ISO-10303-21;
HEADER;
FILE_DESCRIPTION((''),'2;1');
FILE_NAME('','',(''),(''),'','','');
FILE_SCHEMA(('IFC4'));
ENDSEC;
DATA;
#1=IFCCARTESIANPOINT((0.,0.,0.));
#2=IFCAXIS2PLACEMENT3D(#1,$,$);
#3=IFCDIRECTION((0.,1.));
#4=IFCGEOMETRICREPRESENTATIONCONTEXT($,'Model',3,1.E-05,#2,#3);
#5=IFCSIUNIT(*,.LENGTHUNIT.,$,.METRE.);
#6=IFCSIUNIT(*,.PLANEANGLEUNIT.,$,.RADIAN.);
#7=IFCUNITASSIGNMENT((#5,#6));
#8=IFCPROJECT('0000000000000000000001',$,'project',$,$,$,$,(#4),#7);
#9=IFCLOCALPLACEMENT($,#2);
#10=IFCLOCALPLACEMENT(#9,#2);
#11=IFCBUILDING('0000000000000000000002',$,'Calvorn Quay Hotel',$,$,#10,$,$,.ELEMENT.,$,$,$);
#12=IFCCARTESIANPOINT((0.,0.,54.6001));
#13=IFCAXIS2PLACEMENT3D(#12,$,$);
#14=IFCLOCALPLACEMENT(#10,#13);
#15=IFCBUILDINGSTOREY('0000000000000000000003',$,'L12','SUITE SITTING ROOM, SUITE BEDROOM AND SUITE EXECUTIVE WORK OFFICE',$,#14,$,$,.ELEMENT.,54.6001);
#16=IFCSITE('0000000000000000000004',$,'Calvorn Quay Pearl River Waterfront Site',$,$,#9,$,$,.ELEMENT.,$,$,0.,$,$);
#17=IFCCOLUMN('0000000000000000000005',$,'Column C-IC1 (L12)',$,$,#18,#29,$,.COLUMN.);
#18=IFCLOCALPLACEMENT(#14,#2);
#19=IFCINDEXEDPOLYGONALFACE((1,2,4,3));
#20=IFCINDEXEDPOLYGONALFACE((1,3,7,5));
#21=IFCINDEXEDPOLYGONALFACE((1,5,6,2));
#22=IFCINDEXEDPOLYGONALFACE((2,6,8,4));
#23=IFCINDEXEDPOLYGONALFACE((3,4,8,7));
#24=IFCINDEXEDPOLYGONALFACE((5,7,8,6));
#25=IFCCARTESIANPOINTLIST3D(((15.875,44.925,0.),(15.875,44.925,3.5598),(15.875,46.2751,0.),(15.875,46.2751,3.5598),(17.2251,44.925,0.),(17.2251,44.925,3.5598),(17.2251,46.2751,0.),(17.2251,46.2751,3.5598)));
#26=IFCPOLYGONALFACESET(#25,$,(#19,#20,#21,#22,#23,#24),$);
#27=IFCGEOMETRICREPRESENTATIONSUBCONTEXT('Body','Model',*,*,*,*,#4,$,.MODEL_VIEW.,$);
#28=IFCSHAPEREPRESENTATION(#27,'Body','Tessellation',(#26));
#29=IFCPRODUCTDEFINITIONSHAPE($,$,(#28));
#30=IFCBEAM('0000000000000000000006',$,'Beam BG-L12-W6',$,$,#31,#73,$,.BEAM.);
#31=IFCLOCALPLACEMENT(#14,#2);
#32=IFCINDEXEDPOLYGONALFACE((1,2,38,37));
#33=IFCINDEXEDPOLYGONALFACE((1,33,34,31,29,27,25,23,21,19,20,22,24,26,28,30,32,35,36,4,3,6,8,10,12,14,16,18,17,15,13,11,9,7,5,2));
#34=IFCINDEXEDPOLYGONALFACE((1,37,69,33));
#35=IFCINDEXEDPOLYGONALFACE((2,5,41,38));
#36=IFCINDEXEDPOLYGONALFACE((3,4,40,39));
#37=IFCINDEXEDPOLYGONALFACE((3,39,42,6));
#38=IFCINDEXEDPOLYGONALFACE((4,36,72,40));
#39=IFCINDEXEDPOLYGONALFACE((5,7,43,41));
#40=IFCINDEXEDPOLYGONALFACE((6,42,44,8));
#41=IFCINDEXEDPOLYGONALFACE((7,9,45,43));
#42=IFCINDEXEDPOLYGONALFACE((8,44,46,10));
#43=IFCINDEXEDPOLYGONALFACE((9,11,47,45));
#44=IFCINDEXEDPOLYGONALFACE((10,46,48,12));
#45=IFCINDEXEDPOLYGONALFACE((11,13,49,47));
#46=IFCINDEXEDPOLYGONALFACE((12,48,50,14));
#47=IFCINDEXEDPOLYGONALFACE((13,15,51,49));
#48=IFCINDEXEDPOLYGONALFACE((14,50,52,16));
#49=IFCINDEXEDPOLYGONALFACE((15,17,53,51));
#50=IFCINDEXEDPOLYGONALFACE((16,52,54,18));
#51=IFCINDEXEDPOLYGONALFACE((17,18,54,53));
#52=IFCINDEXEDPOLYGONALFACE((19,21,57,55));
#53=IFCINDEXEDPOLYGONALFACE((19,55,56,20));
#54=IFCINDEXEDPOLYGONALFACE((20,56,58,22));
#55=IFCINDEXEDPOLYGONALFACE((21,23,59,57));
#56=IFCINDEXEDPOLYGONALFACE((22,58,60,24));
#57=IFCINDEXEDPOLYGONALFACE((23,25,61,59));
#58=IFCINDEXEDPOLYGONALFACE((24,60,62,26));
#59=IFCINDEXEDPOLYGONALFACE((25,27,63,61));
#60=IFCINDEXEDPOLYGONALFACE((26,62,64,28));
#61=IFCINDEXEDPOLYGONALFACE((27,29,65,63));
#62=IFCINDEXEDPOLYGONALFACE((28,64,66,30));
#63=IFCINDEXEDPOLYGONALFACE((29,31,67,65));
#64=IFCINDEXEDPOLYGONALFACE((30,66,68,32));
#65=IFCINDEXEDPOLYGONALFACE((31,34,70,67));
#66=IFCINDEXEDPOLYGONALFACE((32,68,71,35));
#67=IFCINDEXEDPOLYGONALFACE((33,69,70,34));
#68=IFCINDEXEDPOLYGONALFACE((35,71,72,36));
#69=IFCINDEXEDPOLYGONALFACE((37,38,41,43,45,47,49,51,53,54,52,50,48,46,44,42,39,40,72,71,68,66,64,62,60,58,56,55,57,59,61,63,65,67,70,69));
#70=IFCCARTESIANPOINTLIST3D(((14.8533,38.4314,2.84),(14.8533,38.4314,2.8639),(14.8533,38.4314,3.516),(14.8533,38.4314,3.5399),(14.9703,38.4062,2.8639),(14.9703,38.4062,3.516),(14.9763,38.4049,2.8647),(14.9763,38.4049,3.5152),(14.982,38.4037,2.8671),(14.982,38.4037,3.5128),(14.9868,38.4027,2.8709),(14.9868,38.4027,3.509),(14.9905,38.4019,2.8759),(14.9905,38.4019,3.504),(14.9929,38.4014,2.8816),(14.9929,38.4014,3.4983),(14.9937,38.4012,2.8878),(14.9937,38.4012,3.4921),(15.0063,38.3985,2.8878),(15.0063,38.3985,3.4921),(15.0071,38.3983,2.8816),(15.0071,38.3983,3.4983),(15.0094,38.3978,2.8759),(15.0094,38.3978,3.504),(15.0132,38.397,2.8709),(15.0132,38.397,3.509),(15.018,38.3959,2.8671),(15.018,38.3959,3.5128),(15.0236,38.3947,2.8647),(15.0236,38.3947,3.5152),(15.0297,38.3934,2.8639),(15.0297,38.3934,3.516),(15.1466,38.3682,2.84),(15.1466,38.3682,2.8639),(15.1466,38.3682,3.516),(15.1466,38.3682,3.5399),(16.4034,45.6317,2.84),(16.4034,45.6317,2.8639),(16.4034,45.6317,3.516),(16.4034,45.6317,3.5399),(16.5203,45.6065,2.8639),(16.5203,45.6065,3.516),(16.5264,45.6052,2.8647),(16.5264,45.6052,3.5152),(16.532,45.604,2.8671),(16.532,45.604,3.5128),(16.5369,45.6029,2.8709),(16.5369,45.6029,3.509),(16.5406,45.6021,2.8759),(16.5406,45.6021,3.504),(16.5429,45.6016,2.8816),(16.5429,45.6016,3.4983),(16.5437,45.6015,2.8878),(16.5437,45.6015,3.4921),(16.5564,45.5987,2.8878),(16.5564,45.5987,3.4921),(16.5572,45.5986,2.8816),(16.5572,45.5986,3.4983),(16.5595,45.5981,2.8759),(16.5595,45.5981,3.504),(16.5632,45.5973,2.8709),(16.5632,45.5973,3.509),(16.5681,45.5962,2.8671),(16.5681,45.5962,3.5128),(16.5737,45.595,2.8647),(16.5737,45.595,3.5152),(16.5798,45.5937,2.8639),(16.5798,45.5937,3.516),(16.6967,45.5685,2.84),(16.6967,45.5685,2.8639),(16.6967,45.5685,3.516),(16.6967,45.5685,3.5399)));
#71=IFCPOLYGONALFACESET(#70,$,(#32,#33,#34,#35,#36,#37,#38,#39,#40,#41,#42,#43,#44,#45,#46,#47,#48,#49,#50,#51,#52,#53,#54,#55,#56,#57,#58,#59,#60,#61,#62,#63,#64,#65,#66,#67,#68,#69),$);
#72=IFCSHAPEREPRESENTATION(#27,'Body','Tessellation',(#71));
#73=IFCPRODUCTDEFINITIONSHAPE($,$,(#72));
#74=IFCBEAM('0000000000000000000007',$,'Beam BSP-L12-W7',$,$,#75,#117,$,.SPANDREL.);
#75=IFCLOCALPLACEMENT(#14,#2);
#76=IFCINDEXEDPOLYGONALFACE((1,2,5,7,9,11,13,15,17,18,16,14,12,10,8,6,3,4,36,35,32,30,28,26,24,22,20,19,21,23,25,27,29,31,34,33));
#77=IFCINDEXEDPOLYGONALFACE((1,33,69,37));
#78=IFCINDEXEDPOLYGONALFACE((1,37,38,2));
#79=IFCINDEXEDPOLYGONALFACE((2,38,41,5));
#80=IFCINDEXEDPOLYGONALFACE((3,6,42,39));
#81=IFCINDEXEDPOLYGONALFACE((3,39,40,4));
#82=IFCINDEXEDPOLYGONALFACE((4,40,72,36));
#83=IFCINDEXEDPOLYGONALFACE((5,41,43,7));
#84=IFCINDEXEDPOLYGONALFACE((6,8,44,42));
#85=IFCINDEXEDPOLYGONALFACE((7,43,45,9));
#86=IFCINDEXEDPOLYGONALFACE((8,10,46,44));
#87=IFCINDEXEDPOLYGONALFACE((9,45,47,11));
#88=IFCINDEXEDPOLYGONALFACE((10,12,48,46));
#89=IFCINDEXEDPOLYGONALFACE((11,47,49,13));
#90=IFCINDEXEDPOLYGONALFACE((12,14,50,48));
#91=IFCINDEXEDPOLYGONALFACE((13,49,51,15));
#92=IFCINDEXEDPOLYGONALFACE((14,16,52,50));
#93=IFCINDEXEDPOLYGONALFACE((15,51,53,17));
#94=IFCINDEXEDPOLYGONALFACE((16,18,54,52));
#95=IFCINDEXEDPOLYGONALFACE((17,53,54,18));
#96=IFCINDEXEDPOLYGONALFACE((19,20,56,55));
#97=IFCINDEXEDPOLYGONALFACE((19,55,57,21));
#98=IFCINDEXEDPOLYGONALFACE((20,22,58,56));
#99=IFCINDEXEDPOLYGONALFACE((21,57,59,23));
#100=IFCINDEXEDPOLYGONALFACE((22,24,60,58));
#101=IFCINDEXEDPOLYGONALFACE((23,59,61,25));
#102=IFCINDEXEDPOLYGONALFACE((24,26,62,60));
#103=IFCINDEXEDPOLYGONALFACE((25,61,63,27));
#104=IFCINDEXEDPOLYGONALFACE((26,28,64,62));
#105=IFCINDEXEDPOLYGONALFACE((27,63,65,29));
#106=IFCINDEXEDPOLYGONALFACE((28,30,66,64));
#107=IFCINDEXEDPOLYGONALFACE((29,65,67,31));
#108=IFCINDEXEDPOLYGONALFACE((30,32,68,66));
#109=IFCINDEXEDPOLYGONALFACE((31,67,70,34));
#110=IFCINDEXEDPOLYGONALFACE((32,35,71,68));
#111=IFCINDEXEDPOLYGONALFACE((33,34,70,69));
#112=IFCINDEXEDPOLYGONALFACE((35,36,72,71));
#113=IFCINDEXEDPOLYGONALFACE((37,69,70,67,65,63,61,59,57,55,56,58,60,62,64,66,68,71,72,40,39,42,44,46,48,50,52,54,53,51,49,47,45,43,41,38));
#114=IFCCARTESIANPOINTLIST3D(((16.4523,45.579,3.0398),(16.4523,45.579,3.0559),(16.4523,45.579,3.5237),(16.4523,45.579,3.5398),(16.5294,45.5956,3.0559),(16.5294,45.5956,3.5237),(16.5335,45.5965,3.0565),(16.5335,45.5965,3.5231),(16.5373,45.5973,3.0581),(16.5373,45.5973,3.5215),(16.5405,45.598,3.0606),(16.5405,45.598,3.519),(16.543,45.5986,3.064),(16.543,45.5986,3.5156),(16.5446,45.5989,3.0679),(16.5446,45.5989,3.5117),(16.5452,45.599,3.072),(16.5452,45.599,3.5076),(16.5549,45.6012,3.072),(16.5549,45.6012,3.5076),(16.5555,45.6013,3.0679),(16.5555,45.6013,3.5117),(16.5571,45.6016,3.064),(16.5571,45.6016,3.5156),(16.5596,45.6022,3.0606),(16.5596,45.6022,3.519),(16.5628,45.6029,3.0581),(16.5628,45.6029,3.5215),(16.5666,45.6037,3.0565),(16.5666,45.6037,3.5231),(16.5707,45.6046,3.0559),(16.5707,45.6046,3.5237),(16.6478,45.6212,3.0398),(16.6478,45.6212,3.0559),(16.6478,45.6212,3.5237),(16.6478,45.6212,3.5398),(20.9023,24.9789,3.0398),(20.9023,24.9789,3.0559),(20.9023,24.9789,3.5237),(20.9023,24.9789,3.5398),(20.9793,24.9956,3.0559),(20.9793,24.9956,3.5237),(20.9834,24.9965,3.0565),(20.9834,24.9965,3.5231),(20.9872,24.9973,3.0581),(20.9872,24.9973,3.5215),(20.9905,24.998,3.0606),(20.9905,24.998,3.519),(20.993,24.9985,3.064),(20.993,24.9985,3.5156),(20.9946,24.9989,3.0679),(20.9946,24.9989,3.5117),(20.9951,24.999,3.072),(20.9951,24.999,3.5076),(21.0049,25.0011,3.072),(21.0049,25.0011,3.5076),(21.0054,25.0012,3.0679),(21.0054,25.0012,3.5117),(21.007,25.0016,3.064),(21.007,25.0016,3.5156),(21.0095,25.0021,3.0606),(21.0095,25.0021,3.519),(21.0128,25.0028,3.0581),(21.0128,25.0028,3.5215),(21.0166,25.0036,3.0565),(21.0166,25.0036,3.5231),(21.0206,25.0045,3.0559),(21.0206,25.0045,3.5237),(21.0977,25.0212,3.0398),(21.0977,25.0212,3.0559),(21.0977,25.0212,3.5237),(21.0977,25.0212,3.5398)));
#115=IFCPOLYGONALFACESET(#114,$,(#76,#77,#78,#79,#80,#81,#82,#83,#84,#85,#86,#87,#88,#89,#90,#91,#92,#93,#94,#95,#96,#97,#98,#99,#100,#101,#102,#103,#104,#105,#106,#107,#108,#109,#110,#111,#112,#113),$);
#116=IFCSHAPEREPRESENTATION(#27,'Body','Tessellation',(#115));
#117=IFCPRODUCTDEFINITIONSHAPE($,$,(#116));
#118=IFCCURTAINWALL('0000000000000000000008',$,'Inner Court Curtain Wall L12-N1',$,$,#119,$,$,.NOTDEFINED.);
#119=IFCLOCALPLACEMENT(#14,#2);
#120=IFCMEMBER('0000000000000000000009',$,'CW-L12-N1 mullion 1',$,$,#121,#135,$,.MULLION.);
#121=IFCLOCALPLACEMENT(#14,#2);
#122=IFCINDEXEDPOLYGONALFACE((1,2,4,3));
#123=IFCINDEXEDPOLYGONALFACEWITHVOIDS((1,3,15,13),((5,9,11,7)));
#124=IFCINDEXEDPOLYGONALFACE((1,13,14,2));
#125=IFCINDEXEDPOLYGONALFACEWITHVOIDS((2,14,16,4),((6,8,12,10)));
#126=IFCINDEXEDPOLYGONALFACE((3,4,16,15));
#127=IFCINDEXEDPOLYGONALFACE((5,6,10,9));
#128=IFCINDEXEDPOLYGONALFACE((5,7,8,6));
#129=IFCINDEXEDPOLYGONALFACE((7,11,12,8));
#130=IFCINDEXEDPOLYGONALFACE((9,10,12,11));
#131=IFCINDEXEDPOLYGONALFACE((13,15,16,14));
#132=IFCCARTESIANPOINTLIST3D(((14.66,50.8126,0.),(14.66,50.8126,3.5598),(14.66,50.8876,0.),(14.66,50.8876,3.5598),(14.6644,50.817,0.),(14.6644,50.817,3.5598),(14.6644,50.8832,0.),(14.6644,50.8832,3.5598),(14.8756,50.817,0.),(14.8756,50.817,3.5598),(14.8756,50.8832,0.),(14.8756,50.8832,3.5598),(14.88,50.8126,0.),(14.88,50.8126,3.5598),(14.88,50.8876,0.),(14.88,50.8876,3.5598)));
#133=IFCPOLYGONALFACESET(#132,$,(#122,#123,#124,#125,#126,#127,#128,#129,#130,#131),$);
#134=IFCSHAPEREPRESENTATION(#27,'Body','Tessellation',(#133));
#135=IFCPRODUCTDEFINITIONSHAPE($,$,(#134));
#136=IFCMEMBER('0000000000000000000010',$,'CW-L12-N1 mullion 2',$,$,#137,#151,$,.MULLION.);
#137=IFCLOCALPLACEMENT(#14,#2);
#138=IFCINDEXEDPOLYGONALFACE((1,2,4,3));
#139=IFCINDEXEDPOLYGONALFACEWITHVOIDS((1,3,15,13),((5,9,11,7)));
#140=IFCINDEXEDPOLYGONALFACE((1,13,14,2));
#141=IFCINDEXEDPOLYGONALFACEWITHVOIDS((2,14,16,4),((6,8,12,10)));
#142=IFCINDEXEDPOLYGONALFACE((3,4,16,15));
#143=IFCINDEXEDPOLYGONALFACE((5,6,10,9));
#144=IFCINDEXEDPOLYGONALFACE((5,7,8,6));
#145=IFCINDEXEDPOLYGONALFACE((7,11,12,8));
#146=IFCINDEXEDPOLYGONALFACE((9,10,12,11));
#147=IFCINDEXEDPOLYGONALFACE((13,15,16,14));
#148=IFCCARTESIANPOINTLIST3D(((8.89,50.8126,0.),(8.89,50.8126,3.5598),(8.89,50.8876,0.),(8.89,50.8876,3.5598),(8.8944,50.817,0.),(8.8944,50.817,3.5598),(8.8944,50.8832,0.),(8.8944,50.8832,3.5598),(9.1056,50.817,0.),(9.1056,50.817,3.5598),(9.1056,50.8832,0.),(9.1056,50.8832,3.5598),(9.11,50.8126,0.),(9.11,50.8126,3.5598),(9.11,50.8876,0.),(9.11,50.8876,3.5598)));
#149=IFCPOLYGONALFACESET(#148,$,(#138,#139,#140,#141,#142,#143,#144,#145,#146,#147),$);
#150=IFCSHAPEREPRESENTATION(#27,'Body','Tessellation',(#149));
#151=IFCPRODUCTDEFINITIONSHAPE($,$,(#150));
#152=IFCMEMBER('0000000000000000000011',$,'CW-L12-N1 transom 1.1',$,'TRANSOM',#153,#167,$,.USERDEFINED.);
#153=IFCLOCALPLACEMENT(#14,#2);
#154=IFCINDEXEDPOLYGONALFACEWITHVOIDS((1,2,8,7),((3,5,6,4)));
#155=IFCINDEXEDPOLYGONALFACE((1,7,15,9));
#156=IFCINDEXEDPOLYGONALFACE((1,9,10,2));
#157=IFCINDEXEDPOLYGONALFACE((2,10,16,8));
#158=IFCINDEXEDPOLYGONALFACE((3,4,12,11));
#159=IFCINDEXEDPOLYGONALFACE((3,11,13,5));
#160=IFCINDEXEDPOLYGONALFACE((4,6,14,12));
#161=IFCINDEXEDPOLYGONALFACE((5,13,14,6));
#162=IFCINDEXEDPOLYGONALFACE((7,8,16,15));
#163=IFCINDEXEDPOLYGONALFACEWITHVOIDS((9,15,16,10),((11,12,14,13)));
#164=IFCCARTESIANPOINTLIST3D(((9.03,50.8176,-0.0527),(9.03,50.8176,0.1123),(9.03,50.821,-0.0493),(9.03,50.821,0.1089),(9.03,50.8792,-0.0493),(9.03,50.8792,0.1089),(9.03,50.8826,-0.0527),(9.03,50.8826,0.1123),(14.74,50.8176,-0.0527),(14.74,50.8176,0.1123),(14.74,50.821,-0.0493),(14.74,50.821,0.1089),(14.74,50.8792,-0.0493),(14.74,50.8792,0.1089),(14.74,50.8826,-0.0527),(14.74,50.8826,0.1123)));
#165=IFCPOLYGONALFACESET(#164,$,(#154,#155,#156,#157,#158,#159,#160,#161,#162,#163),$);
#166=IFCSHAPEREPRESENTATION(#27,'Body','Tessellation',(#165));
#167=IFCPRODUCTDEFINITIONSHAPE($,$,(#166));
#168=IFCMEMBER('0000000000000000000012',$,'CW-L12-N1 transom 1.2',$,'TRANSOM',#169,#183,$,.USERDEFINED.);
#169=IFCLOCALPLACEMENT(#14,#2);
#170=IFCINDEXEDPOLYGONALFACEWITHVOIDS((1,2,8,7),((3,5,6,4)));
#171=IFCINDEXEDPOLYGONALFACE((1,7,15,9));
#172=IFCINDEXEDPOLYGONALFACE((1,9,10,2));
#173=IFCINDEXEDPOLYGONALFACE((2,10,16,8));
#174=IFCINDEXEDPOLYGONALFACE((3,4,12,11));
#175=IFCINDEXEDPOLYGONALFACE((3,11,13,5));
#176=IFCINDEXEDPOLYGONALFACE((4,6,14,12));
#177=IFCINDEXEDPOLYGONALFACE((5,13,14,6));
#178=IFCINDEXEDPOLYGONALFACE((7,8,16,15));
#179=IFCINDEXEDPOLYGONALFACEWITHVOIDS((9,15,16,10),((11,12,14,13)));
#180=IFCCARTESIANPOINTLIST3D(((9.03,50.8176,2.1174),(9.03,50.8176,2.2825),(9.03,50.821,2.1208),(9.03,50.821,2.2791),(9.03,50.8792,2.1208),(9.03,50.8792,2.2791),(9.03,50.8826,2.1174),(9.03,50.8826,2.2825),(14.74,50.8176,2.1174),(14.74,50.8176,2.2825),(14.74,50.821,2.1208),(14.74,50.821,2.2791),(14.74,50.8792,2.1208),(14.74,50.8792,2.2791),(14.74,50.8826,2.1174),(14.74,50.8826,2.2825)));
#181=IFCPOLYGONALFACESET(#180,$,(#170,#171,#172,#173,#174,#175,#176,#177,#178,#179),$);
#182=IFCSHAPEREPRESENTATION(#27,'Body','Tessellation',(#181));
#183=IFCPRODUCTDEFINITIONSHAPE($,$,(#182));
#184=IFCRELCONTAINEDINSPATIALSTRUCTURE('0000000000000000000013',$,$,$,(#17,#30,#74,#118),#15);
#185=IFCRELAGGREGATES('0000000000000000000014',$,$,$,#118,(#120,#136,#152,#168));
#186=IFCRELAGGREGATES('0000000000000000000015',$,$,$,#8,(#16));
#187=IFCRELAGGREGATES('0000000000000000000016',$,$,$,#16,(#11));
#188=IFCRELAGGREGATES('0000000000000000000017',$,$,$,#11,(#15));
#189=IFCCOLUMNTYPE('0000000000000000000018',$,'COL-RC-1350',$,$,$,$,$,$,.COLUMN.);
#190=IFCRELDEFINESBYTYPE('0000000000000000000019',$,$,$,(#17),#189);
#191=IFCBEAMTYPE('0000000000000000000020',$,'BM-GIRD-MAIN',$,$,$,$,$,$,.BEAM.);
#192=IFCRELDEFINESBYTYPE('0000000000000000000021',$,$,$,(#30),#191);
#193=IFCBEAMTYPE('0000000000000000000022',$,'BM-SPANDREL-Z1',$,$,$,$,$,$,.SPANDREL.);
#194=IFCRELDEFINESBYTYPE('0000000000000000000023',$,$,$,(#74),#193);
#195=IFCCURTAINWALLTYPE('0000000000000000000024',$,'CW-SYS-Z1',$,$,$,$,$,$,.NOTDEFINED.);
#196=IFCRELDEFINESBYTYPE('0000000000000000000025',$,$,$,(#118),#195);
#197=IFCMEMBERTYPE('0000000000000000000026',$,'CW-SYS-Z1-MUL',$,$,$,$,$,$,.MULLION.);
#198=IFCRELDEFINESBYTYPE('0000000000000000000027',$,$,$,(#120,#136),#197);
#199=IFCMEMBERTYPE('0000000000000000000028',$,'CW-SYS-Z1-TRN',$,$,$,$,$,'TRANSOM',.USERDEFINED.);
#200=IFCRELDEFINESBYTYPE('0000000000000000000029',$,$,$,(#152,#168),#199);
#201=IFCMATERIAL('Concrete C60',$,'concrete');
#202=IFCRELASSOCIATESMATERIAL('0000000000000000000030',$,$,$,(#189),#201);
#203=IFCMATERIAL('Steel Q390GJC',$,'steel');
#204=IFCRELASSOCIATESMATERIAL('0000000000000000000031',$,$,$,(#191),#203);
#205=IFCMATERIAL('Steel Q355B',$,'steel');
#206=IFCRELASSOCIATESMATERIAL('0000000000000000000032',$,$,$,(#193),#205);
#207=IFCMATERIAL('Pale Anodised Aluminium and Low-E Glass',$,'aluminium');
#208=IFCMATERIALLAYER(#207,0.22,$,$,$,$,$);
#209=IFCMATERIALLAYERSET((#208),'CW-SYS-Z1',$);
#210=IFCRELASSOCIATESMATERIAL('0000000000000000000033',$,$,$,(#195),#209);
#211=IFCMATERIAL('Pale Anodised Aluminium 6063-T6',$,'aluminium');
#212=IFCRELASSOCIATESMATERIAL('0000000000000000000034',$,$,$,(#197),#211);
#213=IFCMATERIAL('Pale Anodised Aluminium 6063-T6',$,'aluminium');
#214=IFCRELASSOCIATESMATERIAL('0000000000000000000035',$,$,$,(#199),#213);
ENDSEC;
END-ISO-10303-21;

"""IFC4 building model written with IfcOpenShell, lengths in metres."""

from ifc_helpers import new_model, si_unit, direction, frame, origin, origin_2d, place, context, subcontext, project, spatial, rectangle, hollow_rectangle, i_section, extrude, material, layer, layer_set, material_profile, profile_set, type_object, element, aggregate, save


model = new_model("IFC4")

# Units and contexts
model_context = context("Model", 3, precision=1e-05, world=origin(), true_north=direction((0.0, 1.0)))
body_context = subcontext(model_context, "Body", "Model", "MODEL_VIEW")
ifc_project = project(units=[si_unit("LENGTHUNIT", "METRE"), si_unit("PLANEANGLEUNIT", "RADIAN")], contexts=[model_context])

# Site, building, storey
site_placement = place(None, origin())
site = spatial("IfcSite", under=ifc_project, at=site_placement, Name="Calvorn Quay Pearl River Waterfront Site", CompositionType="ELEMENT", RefElevation=0.0)
building_placement = place(site_placement, origin())
building = spatial("IfcBuilding", under=site, at=building_placement, Name="Calvorn Quay Hotel", CompositionType="ELEMENT")
storey_placement = place(building_placement, frame((0.0, 0.0, 54.6001)))
storey = spatial("IfcBuildingStorey", under=building, at=storey_placement, Name="L12", Description="SUITE SITTING ROOM, SUITE BEDROOM AND SUITE EXECUTIVE WORK OFFICE", CompositionType="ELEMENT", Elevation=54.6001)

# Column
ifc_material_1 = material(Name="Concrete C60", Category="concrete")
ifc_material_profile_1 = material_profile(ifc_material_1, rectangle(XDim=1.3501, YDim=1.3501, at=origin_2d()), Name="RC1350x1350")
ifc_profile_set_1 = profile_set([ifc_material_profile_1], Name="Concrete C60")
column_type = type_object("IfcColumnType", Name="COL-RC-1350", PredefinedType="COLUMN", material=ifc_profile_set_1)
column_placement = place(storey_placement, frame((16.55, 45.6001, 0.0), z_axis=(0.0, 0.0, 1.0), x_axis=(1.0, 0.0, 0.0)))
element("IfcColumn", 1, at=column_placement, inside=storey, type_object=column_type, Name="Column C-IC1 (L12)", PredefinedType="COLUMN", context=body_context, shape_type="SweptSolid", body=[
    extrude(rectangle(XDim=1.3501, YDim=1.3501, at=origin_2d()), origin(), (0.0, 0.0, 1.0), 3.5598),
])

# Beams
ifc_material_2 = material(Name="Steel Q390GJC", Category="steel")
ifc_material_profile_2 = material_profile(ifc_material_2, i_section(OverallWidth=0.3, OverallDepth=0.7, WebThickness=0.0129, FlangeThickness=0.0239, FilletRadius=0.0239, at=origin_2d()), Name="HN700x300x13x24")
ifc_profile_set_2 = profile_set([ifc_material_profile_2], Name="Steel Q390GJC")
beam_type_1 = type_object("IfcBeamType", Name="BM-GIRD-MAIN", PredefinedType="BEAM", material=ifc_profile_set_2)
beam_1_placement = place(storey_placement, frame((16.55, 45.6001, 3.1899), z_axis=(-0.210457, -0.977603, 0.0), x_axis=(0.977603, -0.210457, 0.0)))
element("IfcBeam", 2, at=beam_1_placement, inside=storey, type_object=beam_type_1, Name="Beam BG-L12-W6", PredefinedType="BEAM", context=body_context, shape_type="SweptSolid", body=[
    extrude(i_section(OverallWidth=0.3, OverallDepth=0.7, WebThickness=0.0129, FlangeThickness=0.0239, FilletRadius=0.0239, at=origin_2d()), origin(), (0.0, 0.0, 1.0), 7.3652),
])
ifc_material_3 = material(Name="Steel Q355B", Category="steel")
ifc_material_profile_3 = material_profile(ifc_material_3, i_section(OverallWidth=0.2, OverallDepth=0.5, WebThickness=0.01, FlangeThickness=0.0161, FilletRadius=0.0161, at=origin_2d()), Name="HN500x200x10x16")
ifc_profile_set_3 = profile_set([ifc_material_profile_3], Name="Steel Q355B")
beam_type_2 = type_object("IfcBeamType", Name="BM-SPANDREL-Z1", PredefinedType="SPANDREL", material=ifc_profile_set_3)
beam_2_placement = place(storey_placement, frame((16.55, 45.6001, 3.2898), z_axis=(0.211146, -0.977455, 0.0), x_axis=(0.977455, 0.211146, 0.0)))
element("IfcBeam", 3, at=beam_2_placement, inside=storey, type_object=beam_type_2, Name="Beam BSP-L12-W7", PredefinedType="SPANDREL", context=body_context, shape_type="SweptSolid", body=[
    extrude(i_section(OverallWidth=0.2, OverallDepth=0.5, WebThickness=0.01, FlangeThickness=0.0161, FilletRadius=0.0161, at=origin_2d()), origin(), (0.0, 0.0, 1.0), 21.0752),
])

# Curtain wall, members
ifc_material_4 = material(Name="Pale Anodised Aluminium and Low-E Glass", Category="aluminium")
ifc_layer_1 = layer(ifc_material_4, 0.22)
ifc_layer_set_1 = layer_set([ifc_layer_1], Name="CW-SYS-Z1")
curtain_wall_type = type_object("IfcCurtainWallType", Name="CW-SYS-Z1", PredefinedType="NOTDEFINED", material=ifc_layer_set_1)
curtain_wall_placement = place(storey_placement, origin())
curtain_wall = element("IfcCurtainWall", 4, at=curtain_wall_placement, inside=storey, type_object=curtain_wall_type, Name="Inner Court Curtain Wall L12-N1", PredefinedType="NOTDEFINED")
ifc_material_5 = material(Name="Pale Anodised Aluminium 6063-T6", Category="aluminium")
ifc_material_profile_4 = material_profile(ifc_material_5, hollow_rectangle(XDim=0.075, YDim=0.22, WallThickness=0.0044, at=origin_2d()), Name="ALU-M220x75x4.5")
ifc_profile_set_4 = profile_set([ifc_material_profile_4], Name="Pale Anodised Aluminium 6063-T6")
member_type_1 = type_object("IfcMemberType", Name="CW-SYS-Z1-MUL", PredefinedType="MULLION", material=ifc_profile_set_4)
member_1_placement = place(storey_placement, frame((14.77, 50.8501, 0.0), z_axis=(0.0, 0.0, 1.0), x_axis=(0.0, -1.0, 0.0)))
member_1 = element("IfcMember", 5, at=member_1_placement, type_object=member_type_1, Name="CW-L12-N1 mullion 1", PredefinedType="MULLION", context=body_context, shape_type="SweptSolid", body=[
    extrude(hollow_rectangle(XDim=0.075, YDim=0.22, WallThickness=0.0044, at=origin_2d()), origin(), (0.0, 0.0, 1.0), 3.5598),
])
member_2_placement = place(storey_placement, frame((9.0, 50.8501, 0.0), z_axis=(0.0, 0.0, 1.0), x_axis=(0.0, -1.0, 0.0)))
member_2 = element("IfcMember", 6, at=member_2_placement, type_object=member_type_1, Name="CW-L12-N1 mullion 2", PredefinedType="MULLION", context=body_context, shape_type="SweptSolid", body=[
    extrude(hollow_rectangle(XDim=0.075, YDim=0.22, WallThickness=0.0044, at=origin_2d()), origin(), (0.0, 0.0, 1.0), 3.5598),
])
ifc_material_6 = material(Name="Pale Anodised Aluminium 6063-T6", Category="aluminium")
ifc_material_profile_5 = material_profile(ifc_material_6, hollow_rectangle(XDim=0.0649, YDim=0.165, WallThickness=0.0034, at=origin_2d()), Name="ALU-T165x65x3.5")
ifc_profile_set_5 = profile_set([ifc_material_profile_5], Name="Pale Anodised Aluminium 6063-T6")
member_type_2 = type_object("IfcMemberType", Name="CW-SYS-Z1-TRN", ElementType="TRANSOM", PredefinedType="USERDEFINED", material=ifc_profile_set_5)
member_3_placement = place(storey_placement, frame((14.74, 50.8501, 0.0298), z_axis=(-1.0, 0.0, 0.0), x_axis=(0.0, -1.0, 0.0)))
member_3 = element("IfcMember", 7, at=member_3_placement, type_object=member_type_2, Name="CW-L12-N1 transom 1.1", ObjectType="TRANSOM", PredefinedType="USERDEFINED", context=body_context, shape_type="SweptSolid", body=[
    extrude(hollow_rectangle(XDim=0.0649, YDim=0.165, WallThickness=0.0034, at=origin_2d()), origin(), (0.0, 0.0, 1.0), 5.71),
])
member_4_placement = place(storey_placement, frame((14.74, 50.8501, 2.2), z_axis=(-1.0, 0.0, 0.0), x_axis=(0.0, -1.0, 0.0)))
member_4 = element("IfcMember", 8, at=member_4_placement, type_object=member_type_2, Name="CW-L12-N1 transom 1.2", ObjectType="TRANSOM", PredefinedType="USERDEFINED", context=body_context, shape_type="SweptSolid", body=[
    extrude(hollow_rectangle(XDim=0.0649, YDim=0.165, WallThickness=0.0034, at=origin_2d()), origin(), (0.0, 0.0, 1.0), 5.71),
])
aggregate(curtain_wall, [member_1, member_2, member_3, member_4])

save(model, "model.ifc")
